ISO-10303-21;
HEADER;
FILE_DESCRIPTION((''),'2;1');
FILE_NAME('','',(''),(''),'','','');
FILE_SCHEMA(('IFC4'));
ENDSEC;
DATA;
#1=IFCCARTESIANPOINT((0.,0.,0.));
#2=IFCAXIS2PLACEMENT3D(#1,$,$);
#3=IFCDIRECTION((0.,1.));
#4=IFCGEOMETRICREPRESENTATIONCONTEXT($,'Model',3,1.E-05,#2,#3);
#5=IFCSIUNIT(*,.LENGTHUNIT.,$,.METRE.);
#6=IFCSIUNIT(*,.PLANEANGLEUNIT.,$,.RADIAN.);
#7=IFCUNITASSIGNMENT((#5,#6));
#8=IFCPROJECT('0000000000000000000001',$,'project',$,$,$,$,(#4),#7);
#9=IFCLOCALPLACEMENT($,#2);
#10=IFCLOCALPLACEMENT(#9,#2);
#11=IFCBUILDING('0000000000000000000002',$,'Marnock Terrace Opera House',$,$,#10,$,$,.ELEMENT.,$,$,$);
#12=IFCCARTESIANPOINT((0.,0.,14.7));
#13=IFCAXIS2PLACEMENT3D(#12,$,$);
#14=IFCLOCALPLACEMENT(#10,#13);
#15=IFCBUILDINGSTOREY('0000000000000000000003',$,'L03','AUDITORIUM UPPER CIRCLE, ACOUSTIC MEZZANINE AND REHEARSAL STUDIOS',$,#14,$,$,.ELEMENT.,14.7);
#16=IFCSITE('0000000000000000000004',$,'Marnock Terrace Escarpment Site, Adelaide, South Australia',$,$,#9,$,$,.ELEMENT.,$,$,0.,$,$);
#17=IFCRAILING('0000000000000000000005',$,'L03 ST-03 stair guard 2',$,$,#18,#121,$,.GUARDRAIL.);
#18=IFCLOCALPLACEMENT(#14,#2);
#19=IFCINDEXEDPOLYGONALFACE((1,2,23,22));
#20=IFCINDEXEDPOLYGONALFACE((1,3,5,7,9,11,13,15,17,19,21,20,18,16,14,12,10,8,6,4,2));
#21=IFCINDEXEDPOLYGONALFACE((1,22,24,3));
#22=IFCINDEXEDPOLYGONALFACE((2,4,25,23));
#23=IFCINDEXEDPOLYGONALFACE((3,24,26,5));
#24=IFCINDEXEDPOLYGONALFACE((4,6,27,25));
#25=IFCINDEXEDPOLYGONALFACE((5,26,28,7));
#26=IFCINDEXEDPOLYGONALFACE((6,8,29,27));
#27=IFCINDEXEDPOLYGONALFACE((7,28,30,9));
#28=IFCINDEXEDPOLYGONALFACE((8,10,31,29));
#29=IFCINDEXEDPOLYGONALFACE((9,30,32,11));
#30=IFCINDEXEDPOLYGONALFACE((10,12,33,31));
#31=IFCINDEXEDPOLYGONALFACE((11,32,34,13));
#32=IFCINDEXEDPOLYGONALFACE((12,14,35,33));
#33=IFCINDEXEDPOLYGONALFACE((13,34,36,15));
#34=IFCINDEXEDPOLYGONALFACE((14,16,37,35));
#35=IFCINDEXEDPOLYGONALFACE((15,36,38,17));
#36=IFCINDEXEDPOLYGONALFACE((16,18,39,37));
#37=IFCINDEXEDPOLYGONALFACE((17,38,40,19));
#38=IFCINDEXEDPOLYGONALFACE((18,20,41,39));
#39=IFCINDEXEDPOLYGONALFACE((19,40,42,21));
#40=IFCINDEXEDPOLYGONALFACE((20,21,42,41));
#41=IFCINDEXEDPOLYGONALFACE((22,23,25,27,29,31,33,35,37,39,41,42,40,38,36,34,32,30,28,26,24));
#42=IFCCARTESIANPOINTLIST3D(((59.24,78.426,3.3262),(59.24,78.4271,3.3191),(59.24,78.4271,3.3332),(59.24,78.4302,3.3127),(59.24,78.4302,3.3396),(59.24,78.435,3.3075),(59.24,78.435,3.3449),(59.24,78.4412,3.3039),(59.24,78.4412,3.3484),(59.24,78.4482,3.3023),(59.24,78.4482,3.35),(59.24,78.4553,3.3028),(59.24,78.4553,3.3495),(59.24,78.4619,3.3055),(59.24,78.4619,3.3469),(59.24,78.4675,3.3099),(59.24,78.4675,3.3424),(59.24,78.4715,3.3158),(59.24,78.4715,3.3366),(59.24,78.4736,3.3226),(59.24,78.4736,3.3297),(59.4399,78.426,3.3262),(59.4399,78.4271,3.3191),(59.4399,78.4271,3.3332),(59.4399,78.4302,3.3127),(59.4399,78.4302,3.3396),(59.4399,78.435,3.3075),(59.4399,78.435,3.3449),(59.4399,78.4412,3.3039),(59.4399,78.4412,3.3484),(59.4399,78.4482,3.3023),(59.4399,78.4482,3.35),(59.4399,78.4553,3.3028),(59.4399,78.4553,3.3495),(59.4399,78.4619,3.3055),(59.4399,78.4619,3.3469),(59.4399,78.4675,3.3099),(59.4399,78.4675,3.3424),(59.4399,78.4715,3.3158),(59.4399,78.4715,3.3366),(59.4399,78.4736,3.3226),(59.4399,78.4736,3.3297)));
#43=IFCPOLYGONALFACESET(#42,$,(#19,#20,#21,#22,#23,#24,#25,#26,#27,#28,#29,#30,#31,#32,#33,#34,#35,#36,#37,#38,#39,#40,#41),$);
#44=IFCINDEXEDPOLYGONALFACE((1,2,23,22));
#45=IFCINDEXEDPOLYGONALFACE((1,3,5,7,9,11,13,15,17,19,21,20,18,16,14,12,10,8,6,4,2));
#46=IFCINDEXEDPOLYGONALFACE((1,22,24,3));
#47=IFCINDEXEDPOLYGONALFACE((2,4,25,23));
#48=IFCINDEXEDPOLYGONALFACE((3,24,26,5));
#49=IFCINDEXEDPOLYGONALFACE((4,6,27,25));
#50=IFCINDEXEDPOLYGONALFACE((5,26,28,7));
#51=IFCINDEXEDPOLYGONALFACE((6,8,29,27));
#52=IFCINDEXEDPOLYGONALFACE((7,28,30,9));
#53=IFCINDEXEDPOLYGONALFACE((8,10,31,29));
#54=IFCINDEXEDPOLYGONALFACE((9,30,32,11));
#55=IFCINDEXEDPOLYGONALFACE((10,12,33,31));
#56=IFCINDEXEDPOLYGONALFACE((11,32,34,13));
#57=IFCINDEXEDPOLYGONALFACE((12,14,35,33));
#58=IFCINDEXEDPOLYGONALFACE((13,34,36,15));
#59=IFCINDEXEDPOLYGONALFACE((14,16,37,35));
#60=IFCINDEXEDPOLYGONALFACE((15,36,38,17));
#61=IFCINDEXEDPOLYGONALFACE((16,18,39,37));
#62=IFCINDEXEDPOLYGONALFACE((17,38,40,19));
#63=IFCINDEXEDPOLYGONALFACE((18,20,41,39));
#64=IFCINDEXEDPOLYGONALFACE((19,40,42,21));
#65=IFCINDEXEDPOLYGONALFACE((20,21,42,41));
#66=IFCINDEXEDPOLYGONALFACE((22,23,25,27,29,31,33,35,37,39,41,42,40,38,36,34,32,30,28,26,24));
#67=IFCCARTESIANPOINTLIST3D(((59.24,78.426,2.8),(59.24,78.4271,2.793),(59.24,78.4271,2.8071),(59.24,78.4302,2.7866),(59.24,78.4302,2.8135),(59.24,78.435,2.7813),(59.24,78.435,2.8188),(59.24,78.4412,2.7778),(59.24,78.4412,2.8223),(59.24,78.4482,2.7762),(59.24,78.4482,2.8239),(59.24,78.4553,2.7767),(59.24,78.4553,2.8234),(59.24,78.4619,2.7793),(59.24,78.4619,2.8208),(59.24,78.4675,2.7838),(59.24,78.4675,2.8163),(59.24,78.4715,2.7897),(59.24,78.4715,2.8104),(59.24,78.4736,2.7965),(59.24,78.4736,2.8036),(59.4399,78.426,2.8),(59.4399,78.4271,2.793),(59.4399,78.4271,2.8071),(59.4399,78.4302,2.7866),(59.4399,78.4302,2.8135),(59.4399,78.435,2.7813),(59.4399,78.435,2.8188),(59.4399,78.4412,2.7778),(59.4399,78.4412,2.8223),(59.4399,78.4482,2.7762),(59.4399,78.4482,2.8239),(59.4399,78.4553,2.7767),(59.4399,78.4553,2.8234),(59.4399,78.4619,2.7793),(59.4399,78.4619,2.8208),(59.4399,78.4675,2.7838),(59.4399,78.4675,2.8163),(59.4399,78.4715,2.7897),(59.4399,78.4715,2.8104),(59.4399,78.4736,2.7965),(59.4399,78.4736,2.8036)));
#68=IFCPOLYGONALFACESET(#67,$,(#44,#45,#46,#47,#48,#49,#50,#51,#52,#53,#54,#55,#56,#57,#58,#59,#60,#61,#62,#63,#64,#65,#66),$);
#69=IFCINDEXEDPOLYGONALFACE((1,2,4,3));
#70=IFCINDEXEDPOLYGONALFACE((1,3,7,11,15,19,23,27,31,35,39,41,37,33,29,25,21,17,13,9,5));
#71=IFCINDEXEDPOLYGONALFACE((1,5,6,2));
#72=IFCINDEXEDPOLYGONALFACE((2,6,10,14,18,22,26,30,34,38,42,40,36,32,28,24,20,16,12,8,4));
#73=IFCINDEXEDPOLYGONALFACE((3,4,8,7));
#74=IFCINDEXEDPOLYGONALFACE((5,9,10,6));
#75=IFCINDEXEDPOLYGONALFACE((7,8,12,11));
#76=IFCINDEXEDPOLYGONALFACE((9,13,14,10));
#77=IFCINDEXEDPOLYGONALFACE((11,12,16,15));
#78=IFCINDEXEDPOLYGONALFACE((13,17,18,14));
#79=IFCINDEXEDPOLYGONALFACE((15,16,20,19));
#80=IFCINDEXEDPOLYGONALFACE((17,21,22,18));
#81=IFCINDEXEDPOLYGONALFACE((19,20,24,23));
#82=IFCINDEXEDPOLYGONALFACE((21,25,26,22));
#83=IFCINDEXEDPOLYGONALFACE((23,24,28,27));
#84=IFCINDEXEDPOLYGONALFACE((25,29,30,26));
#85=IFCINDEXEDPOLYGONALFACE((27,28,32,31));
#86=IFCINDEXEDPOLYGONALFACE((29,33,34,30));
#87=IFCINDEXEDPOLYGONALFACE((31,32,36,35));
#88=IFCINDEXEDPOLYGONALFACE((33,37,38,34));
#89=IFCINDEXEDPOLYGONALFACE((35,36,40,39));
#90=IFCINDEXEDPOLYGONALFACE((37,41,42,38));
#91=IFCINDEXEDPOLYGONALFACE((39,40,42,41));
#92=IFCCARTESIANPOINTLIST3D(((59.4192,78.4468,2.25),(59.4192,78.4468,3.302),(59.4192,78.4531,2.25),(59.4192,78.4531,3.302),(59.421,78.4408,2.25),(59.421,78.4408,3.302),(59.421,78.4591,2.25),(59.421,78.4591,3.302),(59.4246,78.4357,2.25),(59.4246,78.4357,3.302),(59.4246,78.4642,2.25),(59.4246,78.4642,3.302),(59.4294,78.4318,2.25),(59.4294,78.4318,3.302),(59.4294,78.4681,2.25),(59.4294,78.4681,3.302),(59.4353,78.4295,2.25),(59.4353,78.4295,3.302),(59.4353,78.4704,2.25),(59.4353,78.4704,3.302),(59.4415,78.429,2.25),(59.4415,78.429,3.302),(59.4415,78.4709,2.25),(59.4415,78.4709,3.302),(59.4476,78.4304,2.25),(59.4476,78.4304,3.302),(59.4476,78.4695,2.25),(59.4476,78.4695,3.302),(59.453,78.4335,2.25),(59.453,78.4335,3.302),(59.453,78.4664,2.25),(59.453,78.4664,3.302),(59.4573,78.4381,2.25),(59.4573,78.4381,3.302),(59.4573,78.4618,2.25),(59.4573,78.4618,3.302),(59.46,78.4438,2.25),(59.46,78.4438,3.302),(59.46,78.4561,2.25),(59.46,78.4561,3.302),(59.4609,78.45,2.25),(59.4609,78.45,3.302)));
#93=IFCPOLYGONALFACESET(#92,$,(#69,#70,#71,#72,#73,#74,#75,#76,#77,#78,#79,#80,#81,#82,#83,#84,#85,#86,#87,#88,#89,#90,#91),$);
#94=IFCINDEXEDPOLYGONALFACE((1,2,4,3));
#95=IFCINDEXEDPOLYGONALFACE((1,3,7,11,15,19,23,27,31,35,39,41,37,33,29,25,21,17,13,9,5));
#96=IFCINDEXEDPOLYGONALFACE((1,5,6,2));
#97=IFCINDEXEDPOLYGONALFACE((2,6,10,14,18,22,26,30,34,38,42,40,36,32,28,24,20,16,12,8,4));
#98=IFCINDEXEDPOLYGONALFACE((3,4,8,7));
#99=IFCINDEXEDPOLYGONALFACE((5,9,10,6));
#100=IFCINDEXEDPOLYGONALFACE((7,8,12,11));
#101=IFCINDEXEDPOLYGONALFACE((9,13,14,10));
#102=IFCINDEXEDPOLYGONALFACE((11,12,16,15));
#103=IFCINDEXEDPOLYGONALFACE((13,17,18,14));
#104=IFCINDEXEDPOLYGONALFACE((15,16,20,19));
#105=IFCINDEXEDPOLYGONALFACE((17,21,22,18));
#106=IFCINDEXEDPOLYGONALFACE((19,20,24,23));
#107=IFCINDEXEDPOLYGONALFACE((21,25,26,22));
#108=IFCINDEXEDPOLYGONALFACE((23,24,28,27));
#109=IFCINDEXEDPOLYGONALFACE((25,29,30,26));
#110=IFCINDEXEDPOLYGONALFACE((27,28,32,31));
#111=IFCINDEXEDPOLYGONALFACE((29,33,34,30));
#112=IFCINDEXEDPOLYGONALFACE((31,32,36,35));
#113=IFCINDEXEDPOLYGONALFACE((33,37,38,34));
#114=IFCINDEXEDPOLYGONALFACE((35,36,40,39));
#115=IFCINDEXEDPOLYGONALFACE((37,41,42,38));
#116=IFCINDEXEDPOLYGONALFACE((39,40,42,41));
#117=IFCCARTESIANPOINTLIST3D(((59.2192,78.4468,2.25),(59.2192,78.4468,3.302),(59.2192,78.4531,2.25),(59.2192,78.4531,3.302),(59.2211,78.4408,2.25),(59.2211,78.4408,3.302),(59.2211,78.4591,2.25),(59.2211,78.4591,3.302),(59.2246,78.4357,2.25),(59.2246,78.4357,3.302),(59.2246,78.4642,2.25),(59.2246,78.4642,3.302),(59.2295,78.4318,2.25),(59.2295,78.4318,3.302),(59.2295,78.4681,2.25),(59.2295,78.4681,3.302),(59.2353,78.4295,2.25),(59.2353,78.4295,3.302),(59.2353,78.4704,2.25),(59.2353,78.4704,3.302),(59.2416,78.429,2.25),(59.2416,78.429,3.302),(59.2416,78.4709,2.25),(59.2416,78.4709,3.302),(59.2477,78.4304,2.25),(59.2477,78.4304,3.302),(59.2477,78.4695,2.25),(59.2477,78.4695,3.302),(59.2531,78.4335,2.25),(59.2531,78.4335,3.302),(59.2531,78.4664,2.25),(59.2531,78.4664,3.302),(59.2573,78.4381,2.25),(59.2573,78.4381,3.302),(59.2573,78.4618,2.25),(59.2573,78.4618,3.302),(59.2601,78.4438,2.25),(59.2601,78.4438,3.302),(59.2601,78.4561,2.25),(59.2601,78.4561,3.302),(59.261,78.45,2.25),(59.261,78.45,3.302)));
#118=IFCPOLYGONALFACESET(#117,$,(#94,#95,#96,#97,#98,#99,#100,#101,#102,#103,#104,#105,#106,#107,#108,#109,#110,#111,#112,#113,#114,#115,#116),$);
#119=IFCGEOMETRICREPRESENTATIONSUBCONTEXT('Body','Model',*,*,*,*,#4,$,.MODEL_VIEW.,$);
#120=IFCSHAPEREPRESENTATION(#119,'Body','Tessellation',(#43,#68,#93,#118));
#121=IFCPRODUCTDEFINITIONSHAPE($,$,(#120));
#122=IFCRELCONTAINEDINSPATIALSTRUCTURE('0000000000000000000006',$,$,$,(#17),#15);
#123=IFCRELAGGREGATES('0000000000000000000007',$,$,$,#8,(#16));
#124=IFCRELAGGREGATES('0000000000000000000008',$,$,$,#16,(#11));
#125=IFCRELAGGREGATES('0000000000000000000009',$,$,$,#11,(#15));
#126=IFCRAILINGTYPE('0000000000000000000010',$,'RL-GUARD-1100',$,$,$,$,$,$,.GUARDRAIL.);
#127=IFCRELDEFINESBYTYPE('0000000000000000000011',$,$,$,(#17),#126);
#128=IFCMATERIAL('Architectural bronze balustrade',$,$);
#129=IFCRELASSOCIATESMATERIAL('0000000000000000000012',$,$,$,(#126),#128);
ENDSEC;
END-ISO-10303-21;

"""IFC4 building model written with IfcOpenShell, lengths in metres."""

from ifc_helpers import new_model, si_unit, direction, frame, origin, origin_2d, place, context, subcontext, project, spatial, circle, extrude, material, type_object, element, save


model = new_model("IFC4")

# Units and contexts
model_context = context("Model", 3, precision=1e-05, world=origin(), true_north=direction((0.0, 1.0)))
body_context = subcontext(model_context, "Body", "Model", "MODEL_VIEW")
ifc_project = project(units=[si_unit("LENGTHUNIT", "METRE"), si_unit("PLANEANGLEUNIT", "RADIAN")], contexts=[model_context])

# Site, building, storey
site_placement = place(None, origin())
site = spatial("IfcSite", under=ifc_project, at=site_placement, Name="Marnock Terrace Escarpment Site, Adelaide, South Australia", CompositionType="ELEMENT", RefElevation=0.0)
building_placement = place(site_placement, origin())
building = spatial("IfcBuilding", under=site, at=building_placement, Name="Marnock Terrace Opera House", CompositionType="ELEMENT")
storey_placement = place(building_placement, frame((0.0, 0.0, 14.7)))
storey = spatial("IfcBuildingStorey", under=building, at=storey_placement, Name="L03", Description="AUDITORIUM UPPER CIRCLE, ACOUSTIC MEZZANINE AND REHEARSAL STUDIOS", CompositionType="ELEMENT", Elevation=14.7)

# Railing
ifc_material_1 = material(Name="Architectural bronze balustrade")
railing_type = type_object("IfcRailingType", Name="RL-GUARD-1100", PredefinedType="GUARDRAIL", material=ifc_material_1)
railing_1_placement = place(storey_placement, frame((59.4399, 78.45, 2.25)))
element("IfcRailing", 1, at=railing_1_placement, inside=storey, type_object=railing_type, Name="L03 ST-03 stair guard 2", PredefinedType="GUARDRAIL", context=body_context, shape_type="SweptSolid", body=[
    extrude(circle(Radius=0.0239, at=origin_2d()), frame((0.0, 0.0, 1.0762), z_axis=(-1.0, 0.0, 0.0), x_axis=(0.0, -1.0, 0.0)), (0.0, 0.0, 1.0), 0.2),
    extrude(circle(Radius=0.0239, at=origin_2d()), frame((0.0, 0.0, 0.55), z_axis=(-1.0, 0.0, 0.0), x_axis=(0.0, -1.0, 0.0)), (0.0, 0.0, 1.0), 0.2),
    extrude(circle(Radius=0.021, at=origin_2d()), origin(), (0.0, 0.0, 1.0), 1.052),
    extrude(circle(Radius=0.021, at=origin_2d()), frame((-0.2, 0.0, 0.0)), (0.0, 0.0, 1.0), 1.052),
])

save(model, "model.ifc")
